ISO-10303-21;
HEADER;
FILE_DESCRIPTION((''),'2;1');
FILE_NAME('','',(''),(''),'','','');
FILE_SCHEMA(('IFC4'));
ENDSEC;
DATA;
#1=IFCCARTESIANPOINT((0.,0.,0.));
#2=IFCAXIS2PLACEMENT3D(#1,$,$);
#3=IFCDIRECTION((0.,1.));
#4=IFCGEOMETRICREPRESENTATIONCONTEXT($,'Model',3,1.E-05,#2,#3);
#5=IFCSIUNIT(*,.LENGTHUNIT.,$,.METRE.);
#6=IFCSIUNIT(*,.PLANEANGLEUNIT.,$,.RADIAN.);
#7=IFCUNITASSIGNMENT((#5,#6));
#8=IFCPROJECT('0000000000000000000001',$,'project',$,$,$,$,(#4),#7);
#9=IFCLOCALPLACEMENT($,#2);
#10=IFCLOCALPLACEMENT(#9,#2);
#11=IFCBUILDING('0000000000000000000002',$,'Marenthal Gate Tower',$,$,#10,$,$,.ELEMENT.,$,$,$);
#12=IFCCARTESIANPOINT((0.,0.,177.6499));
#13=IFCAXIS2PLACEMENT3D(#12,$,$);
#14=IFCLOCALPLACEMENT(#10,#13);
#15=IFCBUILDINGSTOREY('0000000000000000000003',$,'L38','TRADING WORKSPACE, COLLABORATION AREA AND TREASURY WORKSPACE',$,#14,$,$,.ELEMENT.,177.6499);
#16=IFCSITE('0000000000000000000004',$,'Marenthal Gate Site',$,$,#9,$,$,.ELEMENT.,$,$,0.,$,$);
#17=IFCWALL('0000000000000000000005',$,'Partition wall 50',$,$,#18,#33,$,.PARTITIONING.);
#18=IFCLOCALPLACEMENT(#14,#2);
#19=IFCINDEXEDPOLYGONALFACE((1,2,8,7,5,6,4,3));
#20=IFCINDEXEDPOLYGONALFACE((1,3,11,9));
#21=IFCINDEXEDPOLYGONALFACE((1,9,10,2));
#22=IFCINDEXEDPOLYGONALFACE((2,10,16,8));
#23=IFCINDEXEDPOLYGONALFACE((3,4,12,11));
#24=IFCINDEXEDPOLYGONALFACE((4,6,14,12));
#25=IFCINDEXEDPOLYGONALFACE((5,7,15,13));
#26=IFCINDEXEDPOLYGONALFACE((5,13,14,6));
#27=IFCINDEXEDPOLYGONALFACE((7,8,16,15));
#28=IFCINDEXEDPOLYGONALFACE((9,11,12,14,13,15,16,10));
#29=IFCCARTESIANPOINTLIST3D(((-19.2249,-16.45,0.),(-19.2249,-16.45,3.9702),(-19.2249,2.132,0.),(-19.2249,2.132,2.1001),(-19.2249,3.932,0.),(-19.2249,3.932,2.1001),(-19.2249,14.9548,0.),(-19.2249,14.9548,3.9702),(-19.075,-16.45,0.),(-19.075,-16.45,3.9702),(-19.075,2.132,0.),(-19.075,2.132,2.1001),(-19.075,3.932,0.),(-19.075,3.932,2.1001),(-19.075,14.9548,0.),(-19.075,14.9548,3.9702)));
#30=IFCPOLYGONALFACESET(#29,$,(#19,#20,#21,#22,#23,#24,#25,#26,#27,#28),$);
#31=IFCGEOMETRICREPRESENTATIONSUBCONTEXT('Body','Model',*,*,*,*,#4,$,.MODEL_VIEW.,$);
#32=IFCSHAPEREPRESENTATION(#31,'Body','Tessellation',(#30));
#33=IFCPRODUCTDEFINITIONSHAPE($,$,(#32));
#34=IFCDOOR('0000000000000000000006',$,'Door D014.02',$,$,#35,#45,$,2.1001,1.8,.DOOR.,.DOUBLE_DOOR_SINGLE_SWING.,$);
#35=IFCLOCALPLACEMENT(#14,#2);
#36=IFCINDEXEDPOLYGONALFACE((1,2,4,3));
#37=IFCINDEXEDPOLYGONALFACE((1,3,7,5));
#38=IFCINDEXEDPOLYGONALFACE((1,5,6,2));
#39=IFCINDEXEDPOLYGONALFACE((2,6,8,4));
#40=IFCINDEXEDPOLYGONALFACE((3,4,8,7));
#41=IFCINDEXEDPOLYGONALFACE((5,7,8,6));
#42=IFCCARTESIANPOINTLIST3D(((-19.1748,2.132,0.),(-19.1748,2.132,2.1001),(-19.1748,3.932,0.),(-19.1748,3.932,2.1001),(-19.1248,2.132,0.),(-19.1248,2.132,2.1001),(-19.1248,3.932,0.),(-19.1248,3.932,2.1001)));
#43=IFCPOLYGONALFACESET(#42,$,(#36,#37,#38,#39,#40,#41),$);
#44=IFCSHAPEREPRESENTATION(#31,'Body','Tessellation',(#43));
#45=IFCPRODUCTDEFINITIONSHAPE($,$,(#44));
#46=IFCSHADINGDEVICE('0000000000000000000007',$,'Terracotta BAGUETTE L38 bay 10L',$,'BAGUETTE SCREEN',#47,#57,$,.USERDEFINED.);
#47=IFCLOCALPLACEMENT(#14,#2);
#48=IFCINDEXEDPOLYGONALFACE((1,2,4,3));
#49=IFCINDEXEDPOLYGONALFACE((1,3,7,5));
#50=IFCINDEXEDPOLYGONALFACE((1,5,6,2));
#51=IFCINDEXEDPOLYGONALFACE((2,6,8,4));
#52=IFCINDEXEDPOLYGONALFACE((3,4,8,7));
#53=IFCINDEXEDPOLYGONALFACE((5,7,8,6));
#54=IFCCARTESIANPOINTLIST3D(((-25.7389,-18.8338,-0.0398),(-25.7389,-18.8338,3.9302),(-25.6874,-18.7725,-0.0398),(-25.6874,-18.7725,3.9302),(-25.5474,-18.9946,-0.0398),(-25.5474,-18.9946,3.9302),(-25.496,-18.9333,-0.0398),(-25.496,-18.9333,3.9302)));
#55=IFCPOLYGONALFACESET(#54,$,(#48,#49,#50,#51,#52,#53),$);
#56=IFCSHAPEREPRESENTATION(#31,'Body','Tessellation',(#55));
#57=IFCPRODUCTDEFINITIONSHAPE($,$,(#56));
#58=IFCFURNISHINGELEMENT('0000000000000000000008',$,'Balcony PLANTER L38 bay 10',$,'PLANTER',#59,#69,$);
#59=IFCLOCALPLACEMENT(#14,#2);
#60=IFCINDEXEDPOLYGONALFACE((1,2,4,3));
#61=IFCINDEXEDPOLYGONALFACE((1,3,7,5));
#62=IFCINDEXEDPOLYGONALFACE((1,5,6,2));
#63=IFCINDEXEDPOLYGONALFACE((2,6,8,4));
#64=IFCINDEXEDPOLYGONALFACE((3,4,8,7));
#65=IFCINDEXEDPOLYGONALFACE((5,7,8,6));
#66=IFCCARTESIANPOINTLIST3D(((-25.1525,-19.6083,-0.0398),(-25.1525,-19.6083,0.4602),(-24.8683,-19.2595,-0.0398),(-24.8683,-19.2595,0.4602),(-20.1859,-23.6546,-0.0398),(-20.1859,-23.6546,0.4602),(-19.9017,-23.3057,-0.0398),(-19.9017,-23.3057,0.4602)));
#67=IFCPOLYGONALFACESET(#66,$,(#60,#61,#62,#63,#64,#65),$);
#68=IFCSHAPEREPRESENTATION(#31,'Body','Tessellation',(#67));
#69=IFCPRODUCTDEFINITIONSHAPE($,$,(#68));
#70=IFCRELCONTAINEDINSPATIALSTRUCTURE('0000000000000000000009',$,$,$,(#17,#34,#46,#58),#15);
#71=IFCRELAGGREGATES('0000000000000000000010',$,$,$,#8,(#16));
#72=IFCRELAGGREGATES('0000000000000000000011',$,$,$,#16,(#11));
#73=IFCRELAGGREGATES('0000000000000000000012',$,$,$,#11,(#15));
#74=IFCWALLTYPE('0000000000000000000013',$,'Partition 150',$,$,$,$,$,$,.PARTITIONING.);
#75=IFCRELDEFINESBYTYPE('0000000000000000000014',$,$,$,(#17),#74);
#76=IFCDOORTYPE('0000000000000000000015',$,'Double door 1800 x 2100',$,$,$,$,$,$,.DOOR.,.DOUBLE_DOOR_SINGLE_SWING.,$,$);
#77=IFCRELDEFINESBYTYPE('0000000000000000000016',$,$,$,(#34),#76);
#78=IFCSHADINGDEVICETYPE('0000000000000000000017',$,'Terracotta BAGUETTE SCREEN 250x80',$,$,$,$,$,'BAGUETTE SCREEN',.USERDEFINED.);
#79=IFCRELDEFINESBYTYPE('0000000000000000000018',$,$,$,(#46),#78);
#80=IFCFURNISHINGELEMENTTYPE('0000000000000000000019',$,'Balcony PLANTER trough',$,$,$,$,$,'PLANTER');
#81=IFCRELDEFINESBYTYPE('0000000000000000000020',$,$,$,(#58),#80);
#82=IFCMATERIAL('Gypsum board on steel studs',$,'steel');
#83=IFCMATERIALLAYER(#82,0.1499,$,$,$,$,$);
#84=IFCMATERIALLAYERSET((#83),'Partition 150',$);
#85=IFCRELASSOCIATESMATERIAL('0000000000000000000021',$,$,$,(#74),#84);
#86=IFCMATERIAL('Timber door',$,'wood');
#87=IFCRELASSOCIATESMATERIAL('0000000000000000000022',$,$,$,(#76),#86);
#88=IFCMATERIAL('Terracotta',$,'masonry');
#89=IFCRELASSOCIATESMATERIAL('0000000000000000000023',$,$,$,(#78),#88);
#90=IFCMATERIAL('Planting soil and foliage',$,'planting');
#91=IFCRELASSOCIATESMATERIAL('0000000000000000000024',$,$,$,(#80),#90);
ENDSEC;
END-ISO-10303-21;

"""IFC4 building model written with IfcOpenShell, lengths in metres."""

from ifc_helpers import new_model, si_unit, direction, frame, frame_2d, origin, origin_2d, place, context, subcontext, project, spatial, rectangle, extrude, material, layer, layer_set, material_profile, profile_set, type_object, element, fill, save


model = new_model("IFC4")

# Units and contexts
model_context = context("Model", 3, precision=1e-05, world=origin(), true_north=direction((0.0, 1.0)))
body_context = subcontext(model_context, "Body", "Model", "MODEL_VIEW")
ifc_project = project(units=[si_unit("LENGTHUNIT", "METRE"), si_unit("PLANEANGLEUNIT", "RADIAN")], contexts=[model_context])

# Site, building, storey
site_placement = place(None, origin())
site = spatial("IfcSite", under=ifc_project, at=site_placement, Name="Marenthal Gate Site", CompositionType="ELEMENT", RefElevation=0.0)
building_placement = place(site_placement, origin())
building = spatial("IfcBuilding", under=site, at=building_placement, Name="Marenthal Gate Tower", CompositionType="ELEMENT")
storey_placement = place(building_placement, frame((0.0, 0.0, 177.6499)))
storey = spatial("IfcBuildingStorey", under=building, at=storey_placement, Name="L38", Description="TRADING WORKSPACE, COLLABORATION AREA AND TREASURY WORKSPACE", CompositionType="ELEMENT", Elevation=177.6499)

# Wall, opening, door
ifc_material_1 = material(Name="Gypsum board on steel studs", Category="steel")
ifc_layer_1 = layer(ifc_material_1, 0.1499)
ifc_layer_set_1 = layer_set([ifc_layer_1], Name="Partition 150")
wall_type_1 = type_object("IfcWallType", Name="Partition 150", PredefinedType="PARTITIONING", material=ifc_layer_set_1)
wall_1_placement = place(storey_placement, frame((-19.1499, -16.45, 0.0), z_axis=(0.0, 0.0, 1.0), x_axis=(0.0, 1.0, 0.0)))
wall_1 = element("IfcWall", 1, at=wall_1_placement, inside=storey, type_object=wall_type_1, Name="Partition wall 50", PredefinedType="PARTITIONING", context=body_context, shape_type="SweptSolid", body=[
    extrude(rectangle(XDim=31.4048, YDim=0.1499, at=frame_2d((15.7024, 0.0))), origin(), (0.0, 0.0, 1.0), 3.9702),
])
opening_1_placement = place(wall_1_placement, frame((18.582, 0.0, 0.0)))
opening_1 = element("IfcOpeningElement", 2, at=opening_1_placement, cuts=wall_1, PredefinedType="OPENING", context=body_context, shape_type="SweptSolid", body=[
    extrude(rectangle(XDim=1.8, YDim=2.1001, at=frame_2d((0.8999, 1.05))), frame((0.0, 0.085, 0.0), z_axis=(0.0, -1.0, 0.0), x_axis=(1.0, 0.0, 0.0)), (0.0, 0.0, 1.0), 0.1699),
])
ifc_material_2 = material(Name="Timber door", Category="wood")
door_type_1 = type_object("IfcDoorType", Name="Double door 1800 x 2100", OperationType="DOUBLE_DOOR_SINGLE_SWING", PredefinedType="DOOR", material=ifc_material_2)
door_1_placement = place(opening_1_placement, origin())
door_1 = element("IfcDoor", 3, at=door_1_placement, inside=storey, type_object=door_type_1, Name="Door D014.02", OperationType="DOUBLE_DOOR_SINGLE_SWING", OverallHeight=2.1001, OverallWidth=1.8, PredefinedType="DOOR", context=body_context, shape_type="SweptSolid", body=[
    extrude(rectangle(XDim=1.8, YDim=2.1001, at=frame_2d((0.8999, 1.05))), frame((0.0, 0.0249, 0.0), z_axis=(0.0, -1.0, 0.0), x_axis=(1.0, 0.0, 0.0)), (0.0, 0.0, 1.0), 0.05),
])
fill(opening_1, door_1)

# Shading device
ifc_material_3 = material(Name="Terracotta", Category="masonry")
ifc_material_profile_1 = material_profile(ifc_material_3, rectangle(XDim=0.25, YDim=0.0801, at=origin_2d()), Name="Terracotta baguette 250x80")
ifc_profile_set_1 = profile_set([ifc_material_profile_1], Name="Terracotta")
shading_device_type = type_object("IfcShadingDeviceType", Name="Terracotta BAGUETTE SCREEN 250x80", ElementType="BAGUETTE SCREEN", PredefinedType="USERDEFINED", material=ifc_profile_set_1)
shading_device_placement = place(storey_placement, frame((-25.6174, -18.8835, -0.0398), z_axis=(0.0, 0.0, 1.0), x_axis=(0.76585, -0.643019, 0.0)))
element("IfcShadingDevice", 4, at=shading_device_placement, inside=storey, type_object=shading_device_type, Name="Terracotta BAGUETTE L38 bay 10L", ObjectType="BAGUETTE SCREEN", PredefinedType="USERDEFINED", context=body_context, shape_type="SweptSolid", body=[
    extrude(rectangle(XDim=0.25, YDim=0.0801, at=origin_2d()), origin(), (0.0, 0.0, 1.0), 3.97),
])

# Furnishing element
ifc_material_4 = material(Name="Planting soil and foliage", Category="planting")
furnishing_element_type = type_object("IfcFurnishingElementType", Name="Balcony PLANTER trough", ElementType="PLANTER", material=ifc_material_4)
furnishing_placement = place(storey_placement, frame((-22.5271, -21.457, -0.0398), z_axis=(0.0, 0.0, 1.0), x_axis=(0.775288, -0.631608, 0.0)))
element("IfcFurnishingElement", 5, at=furnishing_placement, inside=storey, type_object=furnishing_element_type, Name="Balcony PLANTER L38 bay 10", ObjectType="PLANTER", context=body_context, shape_type="SweptSolid", body=[
    extrude(rectangle(XDim=6.4062, YDim=0.45, at=origin_2d()), origin(), (0.0, 0.0, 1.0), 0.5),
])

save(model, "model.ifc")
